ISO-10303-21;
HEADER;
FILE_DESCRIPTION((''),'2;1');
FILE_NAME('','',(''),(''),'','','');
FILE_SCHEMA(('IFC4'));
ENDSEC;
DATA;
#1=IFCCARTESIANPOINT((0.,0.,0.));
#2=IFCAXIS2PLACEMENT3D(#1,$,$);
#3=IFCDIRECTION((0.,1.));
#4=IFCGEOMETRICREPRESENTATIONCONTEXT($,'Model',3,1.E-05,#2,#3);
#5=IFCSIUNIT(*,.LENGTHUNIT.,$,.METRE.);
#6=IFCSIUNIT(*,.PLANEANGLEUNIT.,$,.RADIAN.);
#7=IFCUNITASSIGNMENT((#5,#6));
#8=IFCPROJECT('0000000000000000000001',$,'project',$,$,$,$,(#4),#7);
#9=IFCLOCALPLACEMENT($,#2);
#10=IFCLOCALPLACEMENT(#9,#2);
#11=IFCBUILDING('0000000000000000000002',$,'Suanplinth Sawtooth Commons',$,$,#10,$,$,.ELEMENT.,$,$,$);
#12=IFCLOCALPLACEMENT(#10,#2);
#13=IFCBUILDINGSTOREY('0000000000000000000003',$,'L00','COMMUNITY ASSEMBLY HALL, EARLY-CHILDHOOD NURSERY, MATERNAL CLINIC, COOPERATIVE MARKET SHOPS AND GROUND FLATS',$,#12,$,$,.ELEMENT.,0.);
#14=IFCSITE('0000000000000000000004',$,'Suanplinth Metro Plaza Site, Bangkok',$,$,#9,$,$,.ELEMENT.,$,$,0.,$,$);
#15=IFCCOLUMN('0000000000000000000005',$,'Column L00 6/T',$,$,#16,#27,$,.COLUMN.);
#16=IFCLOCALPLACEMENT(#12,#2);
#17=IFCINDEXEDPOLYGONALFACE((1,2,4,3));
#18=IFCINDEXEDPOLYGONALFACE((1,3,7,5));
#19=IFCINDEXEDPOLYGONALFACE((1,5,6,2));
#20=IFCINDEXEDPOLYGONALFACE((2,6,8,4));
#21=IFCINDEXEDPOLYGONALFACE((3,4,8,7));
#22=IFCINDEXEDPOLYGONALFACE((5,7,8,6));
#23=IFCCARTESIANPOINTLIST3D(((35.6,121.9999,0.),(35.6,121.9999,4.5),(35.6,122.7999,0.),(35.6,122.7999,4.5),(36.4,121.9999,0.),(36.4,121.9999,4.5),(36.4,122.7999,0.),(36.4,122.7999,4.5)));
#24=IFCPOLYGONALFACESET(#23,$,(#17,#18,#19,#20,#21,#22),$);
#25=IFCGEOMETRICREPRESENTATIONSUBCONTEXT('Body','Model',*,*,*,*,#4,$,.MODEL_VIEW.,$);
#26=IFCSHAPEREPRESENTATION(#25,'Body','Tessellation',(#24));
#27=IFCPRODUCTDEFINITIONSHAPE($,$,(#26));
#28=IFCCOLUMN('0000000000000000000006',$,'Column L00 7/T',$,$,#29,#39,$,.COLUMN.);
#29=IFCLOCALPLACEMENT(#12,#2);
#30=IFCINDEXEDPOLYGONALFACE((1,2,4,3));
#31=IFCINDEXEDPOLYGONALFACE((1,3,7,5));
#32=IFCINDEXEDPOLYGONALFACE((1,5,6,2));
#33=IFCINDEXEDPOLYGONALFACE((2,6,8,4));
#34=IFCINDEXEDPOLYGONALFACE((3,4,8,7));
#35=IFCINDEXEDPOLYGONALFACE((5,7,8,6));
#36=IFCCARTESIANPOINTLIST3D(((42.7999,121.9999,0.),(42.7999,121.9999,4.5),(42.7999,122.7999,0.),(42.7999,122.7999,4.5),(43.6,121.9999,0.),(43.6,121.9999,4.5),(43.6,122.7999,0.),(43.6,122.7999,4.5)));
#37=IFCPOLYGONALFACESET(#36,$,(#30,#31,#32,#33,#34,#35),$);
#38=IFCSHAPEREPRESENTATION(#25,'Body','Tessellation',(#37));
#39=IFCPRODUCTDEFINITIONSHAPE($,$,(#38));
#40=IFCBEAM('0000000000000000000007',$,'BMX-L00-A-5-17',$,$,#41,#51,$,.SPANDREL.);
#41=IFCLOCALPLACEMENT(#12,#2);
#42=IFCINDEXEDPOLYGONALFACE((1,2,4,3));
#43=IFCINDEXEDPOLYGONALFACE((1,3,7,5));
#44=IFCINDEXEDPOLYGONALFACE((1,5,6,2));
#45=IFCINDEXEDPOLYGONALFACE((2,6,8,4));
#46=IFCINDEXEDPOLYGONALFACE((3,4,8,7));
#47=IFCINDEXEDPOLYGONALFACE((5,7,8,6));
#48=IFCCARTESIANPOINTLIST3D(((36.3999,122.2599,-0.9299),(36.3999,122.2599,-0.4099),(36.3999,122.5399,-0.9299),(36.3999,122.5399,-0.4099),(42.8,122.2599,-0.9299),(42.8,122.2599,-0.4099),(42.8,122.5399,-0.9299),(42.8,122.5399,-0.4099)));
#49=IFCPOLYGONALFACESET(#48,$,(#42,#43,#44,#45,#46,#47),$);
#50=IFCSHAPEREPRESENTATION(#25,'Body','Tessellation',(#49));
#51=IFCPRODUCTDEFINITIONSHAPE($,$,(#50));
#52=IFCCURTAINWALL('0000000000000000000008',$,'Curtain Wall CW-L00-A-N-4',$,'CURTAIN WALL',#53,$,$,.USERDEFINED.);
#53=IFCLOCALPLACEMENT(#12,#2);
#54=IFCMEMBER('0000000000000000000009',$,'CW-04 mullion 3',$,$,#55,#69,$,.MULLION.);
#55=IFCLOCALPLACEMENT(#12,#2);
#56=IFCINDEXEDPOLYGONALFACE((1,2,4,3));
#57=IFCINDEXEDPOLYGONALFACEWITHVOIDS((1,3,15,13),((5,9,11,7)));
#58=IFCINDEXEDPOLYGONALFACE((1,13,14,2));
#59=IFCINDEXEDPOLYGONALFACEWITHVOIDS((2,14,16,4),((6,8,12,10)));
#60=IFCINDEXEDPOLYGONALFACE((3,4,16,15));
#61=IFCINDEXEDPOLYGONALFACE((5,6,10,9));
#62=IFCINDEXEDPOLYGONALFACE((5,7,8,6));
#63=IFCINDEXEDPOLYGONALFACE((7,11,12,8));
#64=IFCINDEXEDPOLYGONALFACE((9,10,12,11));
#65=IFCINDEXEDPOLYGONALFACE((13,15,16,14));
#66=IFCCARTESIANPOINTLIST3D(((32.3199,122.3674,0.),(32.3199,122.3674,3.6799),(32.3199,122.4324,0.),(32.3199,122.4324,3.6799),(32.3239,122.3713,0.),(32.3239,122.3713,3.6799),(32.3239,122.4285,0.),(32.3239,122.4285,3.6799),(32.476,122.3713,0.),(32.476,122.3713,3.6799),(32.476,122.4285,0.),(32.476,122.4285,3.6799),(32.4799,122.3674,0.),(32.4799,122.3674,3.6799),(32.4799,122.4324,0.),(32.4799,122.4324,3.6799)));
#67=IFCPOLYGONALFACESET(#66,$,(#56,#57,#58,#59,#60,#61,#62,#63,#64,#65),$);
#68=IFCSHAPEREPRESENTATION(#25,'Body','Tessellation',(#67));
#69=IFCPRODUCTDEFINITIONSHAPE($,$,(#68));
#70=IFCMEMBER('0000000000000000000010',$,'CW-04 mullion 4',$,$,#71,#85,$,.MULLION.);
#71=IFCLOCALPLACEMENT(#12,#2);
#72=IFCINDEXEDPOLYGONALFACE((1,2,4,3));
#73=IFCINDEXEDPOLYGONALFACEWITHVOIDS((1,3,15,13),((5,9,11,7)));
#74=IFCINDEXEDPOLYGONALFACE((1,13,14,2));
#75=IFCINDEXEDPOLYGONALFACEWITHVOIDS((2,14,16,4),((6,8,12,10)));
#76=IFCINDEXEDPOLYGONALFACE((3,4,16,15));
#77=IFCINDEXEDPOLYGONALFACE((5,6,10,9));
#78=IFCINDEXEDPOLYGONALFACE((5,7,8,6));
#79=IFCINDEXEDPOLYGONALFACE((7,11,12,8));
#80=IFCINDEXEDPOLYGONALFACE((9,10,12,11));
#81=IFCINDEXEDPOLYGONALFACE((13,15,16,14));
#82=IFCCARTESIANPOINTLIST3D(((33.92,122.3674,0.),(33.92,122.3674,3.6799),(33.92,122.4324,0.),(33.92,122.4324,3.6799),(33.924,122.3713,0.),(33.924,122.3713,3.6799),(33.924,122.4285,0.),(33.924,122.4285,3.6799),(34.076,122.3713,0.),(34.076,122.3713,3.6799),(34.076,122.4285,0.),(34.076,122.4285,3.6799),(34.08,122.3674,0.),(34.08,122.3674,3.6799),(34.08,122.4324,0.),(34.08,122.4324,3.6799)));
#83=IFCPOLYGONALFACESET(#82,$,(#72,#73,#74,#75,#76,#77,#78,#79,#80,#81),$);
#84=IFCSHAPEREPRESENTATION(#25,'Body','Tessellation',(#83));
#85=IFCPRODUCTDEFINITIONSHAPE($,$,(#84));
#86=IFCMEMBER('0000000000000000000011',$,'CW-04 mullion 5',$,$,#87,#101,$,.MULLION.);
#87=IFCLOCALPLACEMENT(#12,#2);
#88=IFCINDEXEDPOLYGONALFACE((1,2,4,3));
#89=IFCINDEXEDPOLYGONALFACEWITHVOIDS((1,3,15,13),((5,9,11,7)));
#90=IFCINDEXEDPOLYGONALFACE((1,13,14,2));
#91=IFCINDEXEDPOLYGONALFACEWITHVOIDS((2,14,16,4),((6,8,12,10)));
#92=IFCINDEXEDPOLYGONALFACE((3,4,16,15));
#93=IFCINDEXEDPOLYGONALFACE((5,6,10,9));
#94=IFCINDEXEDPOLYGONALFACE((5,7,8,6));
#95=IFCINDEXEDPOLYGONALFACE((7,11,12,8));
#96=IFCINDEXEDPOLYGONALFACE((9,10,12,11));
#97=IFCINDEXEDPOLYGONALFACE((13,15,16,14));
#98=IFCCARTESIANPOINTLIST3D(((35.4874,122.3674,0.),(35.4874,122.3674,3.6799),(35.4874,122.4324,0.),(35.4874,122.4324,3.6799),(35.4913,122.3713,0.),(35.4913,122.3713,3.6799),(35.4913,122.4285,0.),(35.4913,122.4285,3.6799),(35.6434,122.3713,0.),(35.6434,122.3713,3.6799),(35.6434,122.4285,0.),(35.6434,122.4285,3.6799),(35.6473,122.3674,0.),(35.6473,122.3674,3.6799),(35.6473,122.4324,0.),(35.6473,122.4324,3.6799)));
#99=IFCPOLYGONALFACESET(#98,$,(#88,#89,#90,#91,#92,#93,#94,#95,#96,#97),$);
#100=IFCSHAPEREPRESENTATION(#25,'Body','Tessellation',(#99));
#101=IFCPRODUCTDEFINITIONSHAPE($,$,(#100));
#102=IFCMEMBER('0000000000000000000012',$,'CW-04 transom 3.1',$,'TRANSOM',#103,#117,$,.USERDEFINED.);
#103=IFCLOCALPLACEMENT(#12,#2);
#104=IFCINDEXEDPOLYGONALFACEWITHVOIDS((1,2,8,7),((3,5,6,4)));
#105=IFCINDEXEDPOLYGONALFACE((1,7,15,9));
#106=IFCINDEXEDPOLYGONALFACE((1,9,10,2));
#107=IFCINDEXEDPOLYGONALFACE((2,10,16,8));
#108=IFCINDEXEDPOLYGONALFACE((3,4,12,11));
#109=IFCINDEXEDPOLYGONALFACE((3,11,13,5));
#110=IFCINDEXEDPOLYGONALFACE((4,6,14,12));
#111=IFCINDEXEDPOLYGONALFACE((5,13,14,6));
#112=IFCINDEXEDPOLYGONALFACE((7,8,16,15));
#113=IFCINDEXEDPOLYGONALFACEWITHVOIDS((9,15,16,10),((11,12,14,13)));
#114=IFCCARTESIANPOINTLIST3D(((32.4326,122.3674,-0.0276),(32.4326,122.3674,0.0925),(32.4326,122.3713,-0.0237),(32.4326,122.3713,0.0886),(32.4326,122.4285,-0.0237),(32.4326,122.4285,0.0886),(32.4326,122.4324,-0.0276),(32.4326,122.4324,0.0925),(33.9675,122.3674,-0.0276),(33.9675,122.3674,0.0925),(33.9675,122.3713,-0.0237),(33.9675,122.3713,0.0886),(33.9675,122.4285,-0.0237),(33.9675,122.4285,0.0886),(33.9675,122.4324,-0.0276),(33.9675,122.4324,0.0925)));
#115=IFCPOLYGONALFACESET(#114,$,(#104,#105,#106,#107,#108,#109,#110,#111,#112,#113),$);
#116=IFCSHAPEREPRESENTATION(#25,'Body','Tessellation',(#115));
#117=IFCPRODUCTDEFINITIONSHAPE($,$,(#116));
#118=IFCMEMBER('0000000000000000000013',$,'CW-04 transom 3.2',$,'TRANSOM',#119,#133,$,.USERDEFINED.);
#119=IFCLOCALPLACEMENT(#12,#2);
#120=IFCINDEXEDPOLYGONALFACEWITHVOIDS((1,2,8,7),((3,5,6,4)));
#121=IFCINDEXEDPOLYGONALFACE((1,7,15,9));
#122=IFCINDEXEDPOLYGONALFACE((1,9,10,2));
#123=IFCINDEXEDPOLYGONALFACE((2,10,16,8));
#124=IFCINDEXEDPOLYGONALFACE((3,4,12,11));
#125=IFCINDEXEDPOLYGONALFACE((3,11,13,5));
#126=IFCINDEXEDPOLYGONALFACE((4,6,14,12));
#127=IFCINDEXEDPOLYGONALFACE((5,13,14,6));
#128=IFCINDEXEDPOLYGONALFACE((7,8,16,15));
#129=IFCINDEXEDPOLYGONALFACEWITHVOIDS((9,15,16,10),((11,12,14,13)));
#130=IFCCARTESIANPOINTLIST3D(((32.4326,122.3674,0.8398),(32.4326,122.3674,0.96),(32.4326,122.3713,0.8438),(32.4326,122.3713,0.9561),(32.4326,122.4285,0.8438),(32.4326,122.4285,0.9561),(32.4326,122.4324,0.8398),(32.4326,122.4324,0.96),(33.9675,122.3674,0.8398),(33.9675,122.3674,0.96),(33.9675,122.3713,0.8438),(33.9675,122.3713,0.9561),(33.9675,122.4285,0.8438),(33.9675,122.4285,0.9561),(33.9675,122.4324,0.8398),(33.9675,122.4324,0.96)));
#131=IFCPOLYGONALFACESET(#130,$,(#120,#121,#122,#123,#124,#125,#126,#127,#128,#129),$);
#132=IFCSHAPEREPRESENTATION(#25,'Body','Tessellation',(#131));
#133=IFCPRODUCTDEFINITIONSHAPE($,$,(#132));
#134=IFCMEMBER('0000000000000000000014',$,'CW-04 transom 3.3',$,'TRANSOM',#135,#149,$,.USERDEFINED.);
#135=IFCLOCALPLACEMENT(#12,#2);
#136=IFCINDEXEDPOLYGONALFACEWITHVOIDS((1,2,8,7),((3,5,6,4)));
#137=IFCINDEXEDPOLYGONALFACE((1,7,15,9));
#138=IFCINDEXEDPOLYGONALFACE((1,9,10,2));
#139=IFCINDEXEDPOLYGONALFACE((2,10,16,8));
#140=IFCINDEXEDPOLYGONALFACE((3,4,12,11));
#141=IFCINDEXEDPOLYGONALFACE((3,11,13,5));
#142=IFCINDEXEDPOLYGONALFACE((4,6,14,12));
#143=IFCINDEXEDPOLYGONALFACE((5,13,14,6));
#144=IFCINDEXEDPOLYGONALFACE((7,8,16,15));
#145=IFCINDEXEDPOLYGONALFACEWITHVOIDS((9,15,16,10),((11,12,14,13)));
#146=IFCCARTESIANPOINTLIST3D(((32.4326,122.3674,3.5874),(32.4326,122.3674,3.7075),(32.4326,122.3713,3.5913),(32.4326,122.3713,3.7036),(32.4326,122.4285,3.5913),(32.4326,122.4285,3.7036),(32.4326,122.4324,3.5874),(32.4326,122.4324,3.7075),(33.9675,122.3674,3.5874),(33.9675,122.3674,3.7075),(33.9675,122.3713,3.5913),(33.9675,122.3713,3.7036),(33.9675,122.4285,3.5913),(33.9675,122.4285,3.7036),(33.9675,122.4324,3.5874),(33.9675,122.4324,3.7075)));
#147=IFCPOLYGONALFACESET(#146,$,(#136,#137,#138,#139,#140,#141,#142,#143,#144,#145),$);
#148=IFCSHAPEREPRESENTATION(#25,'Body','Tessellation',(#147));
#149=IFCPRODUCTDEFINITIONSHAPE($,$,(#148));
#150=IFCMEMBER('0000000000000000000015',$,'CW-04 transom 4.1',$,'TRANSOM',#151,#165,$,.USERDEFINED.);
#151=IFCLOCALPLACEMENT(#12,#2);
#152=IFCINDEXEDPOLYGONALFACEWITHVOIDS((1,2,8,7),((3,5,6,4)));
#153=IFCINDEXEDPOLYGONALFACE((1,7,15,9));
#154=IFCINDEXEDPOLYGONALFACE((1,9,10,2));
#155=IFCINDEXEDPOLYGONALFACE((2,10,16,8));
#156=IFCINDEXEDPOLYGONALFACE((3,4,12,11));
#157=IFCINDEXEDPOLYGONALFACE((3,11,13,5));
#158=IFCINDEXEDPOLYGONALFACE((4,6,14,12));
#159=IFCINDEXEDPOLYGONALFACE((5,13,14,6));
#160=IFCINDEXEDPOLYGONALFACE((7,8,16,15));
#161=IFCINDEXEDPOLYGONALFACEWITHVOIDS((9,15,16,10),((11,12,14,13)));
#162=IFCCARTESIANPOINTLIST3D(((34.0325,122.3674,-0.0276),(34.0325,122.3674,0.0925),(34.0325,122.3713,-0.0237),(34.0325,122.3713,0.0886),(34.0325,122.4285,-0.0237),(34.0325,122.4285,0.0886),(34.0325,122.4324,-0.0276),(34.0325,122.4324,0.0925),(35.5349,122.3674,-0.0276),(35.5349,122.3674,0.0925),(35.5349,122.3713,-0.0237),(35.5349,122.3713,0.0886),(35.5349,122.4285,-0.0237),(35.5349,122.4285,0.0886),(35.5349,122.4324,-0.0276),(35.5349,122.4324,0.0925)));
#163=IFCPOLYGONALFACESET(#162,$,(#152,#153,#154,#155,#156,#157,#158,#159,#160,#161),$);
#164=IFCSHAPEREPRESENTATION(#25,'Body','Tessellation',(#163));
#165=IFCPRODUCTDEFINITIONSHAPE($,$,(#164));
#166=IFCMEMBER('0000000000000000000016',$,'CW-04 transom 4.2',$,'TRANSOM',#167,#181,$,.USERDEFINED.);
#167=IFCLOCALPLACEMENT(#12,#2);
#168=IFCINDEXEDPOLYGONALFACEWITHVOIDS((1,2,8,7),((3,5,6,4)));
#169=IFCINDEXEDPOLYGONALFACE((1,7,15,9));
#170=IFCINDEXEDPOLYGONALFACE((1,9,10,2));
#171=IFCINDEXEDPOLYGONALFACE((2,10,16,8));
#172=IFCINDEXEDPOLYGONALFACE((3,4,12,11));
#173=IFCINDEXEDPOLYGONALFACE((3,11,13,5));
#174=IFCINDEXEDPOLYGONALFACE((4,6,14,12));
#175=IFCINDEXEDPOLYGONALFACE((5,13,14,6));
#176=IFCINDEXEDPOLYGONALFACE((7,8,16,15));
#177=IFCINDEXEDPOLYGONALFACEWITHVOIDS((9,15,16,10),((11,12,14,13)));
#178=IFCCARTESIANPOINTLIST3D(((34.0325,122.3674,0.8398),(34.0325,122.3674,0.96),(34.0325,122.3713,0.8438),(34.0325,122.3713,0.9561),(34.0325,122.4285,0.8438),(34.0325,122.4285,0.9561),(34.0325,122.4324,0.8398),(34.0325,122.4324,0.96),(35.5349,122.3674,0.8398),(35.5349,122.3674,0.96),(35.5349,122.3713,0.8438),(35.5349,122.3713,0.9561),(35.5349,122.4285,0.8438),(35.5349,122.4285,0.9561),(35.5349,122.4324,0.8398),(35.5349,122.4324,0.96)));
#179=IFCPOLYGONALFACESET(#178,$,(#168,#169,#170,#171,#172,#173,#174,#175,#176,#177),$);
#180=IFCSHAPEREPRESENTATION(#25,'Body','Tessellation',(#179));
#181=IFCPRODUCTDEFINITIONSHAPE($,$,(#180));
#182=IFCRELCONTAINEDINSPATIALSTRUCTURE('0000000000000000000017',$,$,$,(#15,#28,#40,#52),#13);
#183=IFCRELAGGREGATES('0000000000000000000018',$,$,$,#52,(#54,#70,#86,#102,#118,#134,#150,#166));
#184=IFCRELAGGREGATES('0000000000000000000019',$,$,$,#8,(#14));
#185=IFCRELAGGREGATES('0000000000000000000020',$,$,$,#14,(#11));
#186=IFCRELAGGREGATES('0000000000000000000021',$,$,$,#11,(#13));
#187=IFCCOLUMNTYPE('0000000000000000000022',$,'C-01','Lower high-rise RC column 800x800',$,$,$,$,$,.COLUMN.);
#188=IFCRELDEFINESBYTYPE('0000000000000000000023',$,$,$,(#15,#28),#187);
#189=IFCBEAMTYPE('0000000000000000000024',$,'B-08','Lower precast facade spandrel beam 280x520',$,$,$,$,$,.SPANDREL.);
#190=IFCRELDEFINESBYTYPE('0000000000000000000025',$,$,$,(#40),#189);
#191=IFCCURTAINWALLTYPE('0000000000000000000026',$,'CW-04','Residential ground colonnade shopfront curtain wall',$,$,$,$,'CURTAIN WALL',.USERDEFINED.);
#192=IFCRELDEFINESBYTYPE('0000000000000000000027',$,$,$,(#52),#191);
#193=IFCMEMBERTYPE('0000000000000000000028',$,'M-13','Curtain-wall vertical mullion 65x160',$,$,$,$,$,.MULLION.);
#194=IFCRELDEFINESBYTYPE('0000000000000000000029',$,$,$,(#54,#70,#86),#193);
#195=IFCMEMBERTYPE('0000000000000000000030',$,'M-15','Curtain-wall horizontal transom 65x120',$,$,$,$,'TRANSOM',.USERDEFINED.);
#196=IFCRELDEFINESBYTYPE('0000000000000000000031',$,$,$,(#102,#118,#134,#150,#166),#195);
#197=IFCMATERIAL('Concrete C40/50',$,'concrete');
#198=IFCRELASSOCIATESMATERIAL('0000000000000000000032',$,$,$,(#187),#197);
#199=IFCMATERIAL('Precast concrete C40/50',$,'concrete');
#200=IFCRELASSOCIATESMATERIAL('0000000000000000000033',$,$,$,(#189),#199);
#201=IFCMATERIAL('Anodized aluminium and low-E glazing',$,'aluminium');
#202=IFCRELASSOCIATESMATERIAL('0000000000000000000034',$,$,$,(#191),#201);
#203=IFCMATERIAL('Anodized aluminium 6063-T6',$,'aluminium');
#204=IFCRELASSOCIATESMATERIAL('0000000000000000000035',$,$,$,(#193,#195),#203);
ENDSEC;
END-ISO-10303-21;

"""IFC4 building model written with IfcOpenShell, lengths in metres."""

from ifc_helpers import new_model, si_unit, direction, frame, origin, origin_2d, place, context, subcontext, project, spatial, rectangle, hollow_rectangle, extrude, material, material_profile, profile_set, type_object, element, aggregate, save


model = new_model("IFC4")

# Units and contexts
model_context = context("Model", 3, precision=1e-05, world=origin(), true_north=direction((0.0, 1.0)))
body_context = subcontext(model_context, "Body", "Model", "MODEL_VIEW")
ifc_project = project(units=[si_unit("LENGTHUNIT", "METRE"), si_unit("PLANEANGLEUNIT", "RADIAN")], contexts=[model_context])

# Site, building, storey
site_placement = place(None, origin())
site = spatial("IfcSite", under=ifc_project, at=site_placement, Name="Suanplinth Metro Plaza Site, Bangkok", CompositionType="ELEMENT", RefElevation=0.0)
building_placement = place(site_placement, origin())
building = spatial("IfcBuilding", under=site, at=building_placement, Name="Suanplinth Sawtooth Commons", CompositionType="ELEMENT")
storey_placement = place(building_placement, origin())
storey = spatial("IfcBuildingStorey", under=building, at=storey_placement, Name="L00", Description="COMMUNITY ASSEMBLY HALL, EARLY-CHILDHOOD NURSERY, MATERNAL CLINIC, COOPERATIVE MARKET SHOPS AND GROUND FLATS", CompositionType="ELEMENT", Elevation=0.0)

# Columns
ifc_material_1 = material(Name="Concrete C40/50", Category="concrete")
ifc_material_profile_1 = material_profile(ifc_material_1, rectangle(XDim=0.8, YDim=0.8, at=origin_2d()), Name="RC-COL 800x800")
ifc_profile_set_1 = profile_set([ifc_material_profile_1], Name="Concrete C40/50")
column_type = type_object("IfcColumnType", Name="C-01", Description="Lower high-rise RC column 800x800", PredefinedType="COLUMN", material=ifc_profile_set_1)
for number, where, z_axis, x_axis, name in (
    (1, (36.0, 122.3999, 0.0), (0.0, 0.0, 1.0), (1.0, 0.0, 0.0), "Column L00 6/T"),
    (2, (43.2, 122.3999, 0.0), (0.0, 0.0, 1.0), (1.0, 0.0, 0.0), "Column L00 7/T"),
):
    element("IfcColumn", number, at=place(storey_placement, frame(where, z_axis=z_axis, x_axis=x_axis)), inside=storey, type_object=column_type, Name=name, PredefinedType="COLUMN", context=body_context, shape_type="SweptSolid", body=[
        extrude(rectangle(XDim=0.8, YDim=0.8, at=origin_2d()), origin(), (0.0, 0.0, 1.0), 4.5),
    ])

# Beam
ifc_material_2 = material(Name="Precast concrete C40/50", Category="concrete")
ifc_material_profile_2 = material_profile(ifc_material_2, rectangle(XDim=0.28, YDim=0.52, at=origin_2d()), Name="PC-SP 280x520")
ifc_profile_set_2 = profile_set([ifc_material_profile_2], Name="Precast concrete C40/50")
beam_type = type_object("IfcBeamType", Name="B-08", Description="Lower precast facade spandrel beam 280x520", PredefinedType="SPANDREL", material=ifc_profile_set_2)
beam_placement = place(storey_placement, frame((36.3999, 122.3999, -0.6699), z_axis=(1.0, 0.0, 0.0), x_axis=(0.0, 1.0, 0.0)))
element("IfcBeam", 3, at=beam_placement, inside=storey, type_object=beam_type, Name="BMX-L00-A-5-17", PredefinedType="SPANDREL", context=body_context, shape_type="SweptSolid", body=[
    extrude(rectangle(XDim=0.28, YDim=0.52, at=origin_2d()), origin(), (0.0, 0.0, 1.0), 6.4001),
])

# Curtain wall, members
ifc_material_3 = material(Name="Anodized aluminium and low-E glazing", Category="aluminium")
curtain_wall_type = type_object("IfcCurtainWallType", Name="CW-04", Description="Residential ground colonnade shopfront curtain wall", ElementType="CURTAIN WALL", PredefinedType="USERDEFINED", material=ifc_material_3)
curtain_wall_placement = place(storey_placement, origin())
curtain_wall = element("IfcCurtainWall", 4, at=curtain_wall_placement, inside=storey, type_object=curtain_wall_type, Name="Curtain Wall CW-L00-A-N-4", ObjectType="CURTAIN WALL", PredefinedType="USERDEFINED")
ifc_material_4 = material(Name="Anodized aluminium 6063-T6", Category="aluminium")
ifc_material_profile_3 = material_profile(ifc_material_4, hollow_rectangle(XDim=0.0649, YDim=0.1599, WallThickness=0.0039, at=origin_2d()), Name="ALU-MUL 65x160")
ifc_profile_set_3 = profile_set([ifc_material_profile_3], Name="Anodized aluminium 6063-T6")
member_type_1 = type_object("IfcMemberType", Name="M-13", Description="Curtain-wall vertical mullion 65x160", PredefinedType="MULLION", material=ifc_profile_set_3)
member_1_placement = place(storey_placement, frame((32.3999, 122.3999, 0.0), z_axis=(0.0, 0.0, 1.0), x_axis=(0.0, 1.0, 0.0)))
member_1 = element("IfcMember", 5, at=member_1_placement, type_object=member_type_1, Name="CW-04 mullion 3", PredefinedType="MULLION", context=body_context, shape_type="SweptSolid", body=[
    extrude(hollow_rectangle(XDim=0.0649, YDim=0.1599, WallThickness=0.0039, at=origin_2d()), origin(), (0.0, 0.0, 1.0), 3.6799),
])
member_2_placement = place(storey_placement, frame((34.0, 122.3999, 0.0), z_axis=(0.0, 0.0, 1.0), x_axis=(0.0, 1.0, 0.0)))
member_2 = element("IfcMember", 6, at=member_2_placement, type_object=member_type_1, Name="CW-04 mullion 4", PredefinedType="MULLION", context=body_context, shape_type="SweptSolid", body=[
    extrude(hollow_rectangle(XDim=0.0649, YDim=0.1599, WallThickness=0.0039, at=origin_2d()), origin(), (0.0, 0.0, 1.0), 3.6799),
])
member_3_placement = place(storey_placement, frame((35.5674, 122.3999, 0.0), z_axis=(0.0, 0.0, 1.0), x_axis=(0.0, 1.0, 0.0)))
member_3 = element("IfcMember", 7, at=member_3_placement, type_object=member_type_1, Name="CW-04 mullion 5", PredefinedType="MULLION", context=body_context, shape_type="SweptSolid", body=[
    extrude(hollow_rectangle(XDim=0.0649, YDim=0.1599, WallThickness=0.0039, at=origin_2d()), origin(), (0.0, 0.0, 1.0), 3.6799),
])
ifc_material_profile_4 = material_profile(ifc_material_4, hollow_rectangle(XDim=0.0649, YDim=0.1201, WallThickness=0.0039, at=origin_2d()), Name="ALU-TRN 65x120")
ifc_profile_set_4 = profile_set([ifc_material_profile_4], Name="Anodized aluminium 6063-T6")
member_type_2 = type_object("IfcMemberType", Name="M-15", Description="Curtain-wall horizontal transom 65x120", ElementType="TRANSOM", PredefinedType="USERDEFINED", material=ifc_profile_set_4)
member_4_placement = place(storey_placement, frame((32.4326, 122.3999, 0.0325), z_axis=(1.0, 0.0, 0.0), x_axis=(0.0, 1.0, 0.0)))
member_4 = element("IfcMember", 8, at=member_4_placement, type_object=member_type_2, Name="CW-04 transom 3.1", ObjectType="TRANSOM", PredefinedType="USERDEFINED", context=body_context, shape_type="SweptSolid", body=[
    extrude(hollow_rectangle(XDim=0.0649, YDim=0.1201, WallThickness=0.0039, at=origin_2d()), origin(), (0.0, 0.0, 1.0), 1.5349),
])
member_5_placement = place(storey_placement, frame((32.4326, 122.3999, 0.8999), z_axis=(1.0, 0.0, 0.0), x_axis=(0.0, 1.0, 0.0)))
member_5 = element("IfcMember", 9, at=member_5_placement, type_object=member_type_2, Name="CW-04 transom 3.2", ObjectType="TRANSOM", PredefinedType="USERDEFINED", context=body_context, shape_type="SweptSolid", body=[
    extrude(hollow_rectangle(XDim=0.0649, YDim=0.1201, WallThickness=0.0039, at=origin_2d()), origin(), (0.0, 0.0, 1.0), 1.5349),
])
member_6_placement = place(storey_placement, frame((32.4326, 122.3999, 3.6475), z_axis=(1.0, 0.0, 0.0), x_axis=(0.0, 1.0, 0.0)))
member_6 = element("IfcMember", 10, at=member_6_placement, type_object=member_type_2, Name="CW-04 transom 3.3", ObjectType="TRANSOM", PredefinedType="USERDEFINED", context=body_context, shape_type="SweptSolid", body=[
    extrude(hollow_rectangle(XDim=0.0649, YDim=0.1201, WallThickness=0.0039, at=origin_2d()), origin(), (0.0, 0.0, 1.0), 1.5349),
])
member_7_placement = place(storey_placement, frame((34.0325, 122.3999, 0.0325), z_axis=(1.0, 0.0, 0.0), x_axis=(0.0, 1.0, 0.0)))
member_7 = element("IfcMember", 11, at=member_7_placement, type_object=member_type_2, Name="CW-04 transom 4.1", ObjectType="TRANSOM", PredefinedType="USERDEFINED", context=body_context, shape_type="SweptSolid", body=[
    extrude(hollow_rectangle(XDim=0.0649, YDim=0.1201, WallThickness=0.0039, at=origin_2d()), origin(), (0.0, 0.0, 1.0), 1.5024),
])
member_8_placement = place(storey_placement, frame((34.0325, 122.3999, 0.8999), z_axis=(1.0, 0.0, 0.0), x_axis=(0.0, 1.0, 0.0)))
member_8 = element("IfcMember", 12, at=member_8_placement, type_object=member_type_2, Name="CW-04 transom 4.2", ObjectType="TRANSOM", PredefinedType="USERDEFINED", context=body_context, shape_type="SweptSolid", body=[
    extrude(hollow_rectangle(XDim=0.0649, YDim=0.1201, WallThickness=0.0039, at=origin_2d()), origin(), (0.0, 0.0, 1.0), 1.5024),
])
aggregate(curtain_wall, [member_1, member_2, member_3, member_4, member_5, member_6, member_7, member_8])

save(model, "model.ifc")
